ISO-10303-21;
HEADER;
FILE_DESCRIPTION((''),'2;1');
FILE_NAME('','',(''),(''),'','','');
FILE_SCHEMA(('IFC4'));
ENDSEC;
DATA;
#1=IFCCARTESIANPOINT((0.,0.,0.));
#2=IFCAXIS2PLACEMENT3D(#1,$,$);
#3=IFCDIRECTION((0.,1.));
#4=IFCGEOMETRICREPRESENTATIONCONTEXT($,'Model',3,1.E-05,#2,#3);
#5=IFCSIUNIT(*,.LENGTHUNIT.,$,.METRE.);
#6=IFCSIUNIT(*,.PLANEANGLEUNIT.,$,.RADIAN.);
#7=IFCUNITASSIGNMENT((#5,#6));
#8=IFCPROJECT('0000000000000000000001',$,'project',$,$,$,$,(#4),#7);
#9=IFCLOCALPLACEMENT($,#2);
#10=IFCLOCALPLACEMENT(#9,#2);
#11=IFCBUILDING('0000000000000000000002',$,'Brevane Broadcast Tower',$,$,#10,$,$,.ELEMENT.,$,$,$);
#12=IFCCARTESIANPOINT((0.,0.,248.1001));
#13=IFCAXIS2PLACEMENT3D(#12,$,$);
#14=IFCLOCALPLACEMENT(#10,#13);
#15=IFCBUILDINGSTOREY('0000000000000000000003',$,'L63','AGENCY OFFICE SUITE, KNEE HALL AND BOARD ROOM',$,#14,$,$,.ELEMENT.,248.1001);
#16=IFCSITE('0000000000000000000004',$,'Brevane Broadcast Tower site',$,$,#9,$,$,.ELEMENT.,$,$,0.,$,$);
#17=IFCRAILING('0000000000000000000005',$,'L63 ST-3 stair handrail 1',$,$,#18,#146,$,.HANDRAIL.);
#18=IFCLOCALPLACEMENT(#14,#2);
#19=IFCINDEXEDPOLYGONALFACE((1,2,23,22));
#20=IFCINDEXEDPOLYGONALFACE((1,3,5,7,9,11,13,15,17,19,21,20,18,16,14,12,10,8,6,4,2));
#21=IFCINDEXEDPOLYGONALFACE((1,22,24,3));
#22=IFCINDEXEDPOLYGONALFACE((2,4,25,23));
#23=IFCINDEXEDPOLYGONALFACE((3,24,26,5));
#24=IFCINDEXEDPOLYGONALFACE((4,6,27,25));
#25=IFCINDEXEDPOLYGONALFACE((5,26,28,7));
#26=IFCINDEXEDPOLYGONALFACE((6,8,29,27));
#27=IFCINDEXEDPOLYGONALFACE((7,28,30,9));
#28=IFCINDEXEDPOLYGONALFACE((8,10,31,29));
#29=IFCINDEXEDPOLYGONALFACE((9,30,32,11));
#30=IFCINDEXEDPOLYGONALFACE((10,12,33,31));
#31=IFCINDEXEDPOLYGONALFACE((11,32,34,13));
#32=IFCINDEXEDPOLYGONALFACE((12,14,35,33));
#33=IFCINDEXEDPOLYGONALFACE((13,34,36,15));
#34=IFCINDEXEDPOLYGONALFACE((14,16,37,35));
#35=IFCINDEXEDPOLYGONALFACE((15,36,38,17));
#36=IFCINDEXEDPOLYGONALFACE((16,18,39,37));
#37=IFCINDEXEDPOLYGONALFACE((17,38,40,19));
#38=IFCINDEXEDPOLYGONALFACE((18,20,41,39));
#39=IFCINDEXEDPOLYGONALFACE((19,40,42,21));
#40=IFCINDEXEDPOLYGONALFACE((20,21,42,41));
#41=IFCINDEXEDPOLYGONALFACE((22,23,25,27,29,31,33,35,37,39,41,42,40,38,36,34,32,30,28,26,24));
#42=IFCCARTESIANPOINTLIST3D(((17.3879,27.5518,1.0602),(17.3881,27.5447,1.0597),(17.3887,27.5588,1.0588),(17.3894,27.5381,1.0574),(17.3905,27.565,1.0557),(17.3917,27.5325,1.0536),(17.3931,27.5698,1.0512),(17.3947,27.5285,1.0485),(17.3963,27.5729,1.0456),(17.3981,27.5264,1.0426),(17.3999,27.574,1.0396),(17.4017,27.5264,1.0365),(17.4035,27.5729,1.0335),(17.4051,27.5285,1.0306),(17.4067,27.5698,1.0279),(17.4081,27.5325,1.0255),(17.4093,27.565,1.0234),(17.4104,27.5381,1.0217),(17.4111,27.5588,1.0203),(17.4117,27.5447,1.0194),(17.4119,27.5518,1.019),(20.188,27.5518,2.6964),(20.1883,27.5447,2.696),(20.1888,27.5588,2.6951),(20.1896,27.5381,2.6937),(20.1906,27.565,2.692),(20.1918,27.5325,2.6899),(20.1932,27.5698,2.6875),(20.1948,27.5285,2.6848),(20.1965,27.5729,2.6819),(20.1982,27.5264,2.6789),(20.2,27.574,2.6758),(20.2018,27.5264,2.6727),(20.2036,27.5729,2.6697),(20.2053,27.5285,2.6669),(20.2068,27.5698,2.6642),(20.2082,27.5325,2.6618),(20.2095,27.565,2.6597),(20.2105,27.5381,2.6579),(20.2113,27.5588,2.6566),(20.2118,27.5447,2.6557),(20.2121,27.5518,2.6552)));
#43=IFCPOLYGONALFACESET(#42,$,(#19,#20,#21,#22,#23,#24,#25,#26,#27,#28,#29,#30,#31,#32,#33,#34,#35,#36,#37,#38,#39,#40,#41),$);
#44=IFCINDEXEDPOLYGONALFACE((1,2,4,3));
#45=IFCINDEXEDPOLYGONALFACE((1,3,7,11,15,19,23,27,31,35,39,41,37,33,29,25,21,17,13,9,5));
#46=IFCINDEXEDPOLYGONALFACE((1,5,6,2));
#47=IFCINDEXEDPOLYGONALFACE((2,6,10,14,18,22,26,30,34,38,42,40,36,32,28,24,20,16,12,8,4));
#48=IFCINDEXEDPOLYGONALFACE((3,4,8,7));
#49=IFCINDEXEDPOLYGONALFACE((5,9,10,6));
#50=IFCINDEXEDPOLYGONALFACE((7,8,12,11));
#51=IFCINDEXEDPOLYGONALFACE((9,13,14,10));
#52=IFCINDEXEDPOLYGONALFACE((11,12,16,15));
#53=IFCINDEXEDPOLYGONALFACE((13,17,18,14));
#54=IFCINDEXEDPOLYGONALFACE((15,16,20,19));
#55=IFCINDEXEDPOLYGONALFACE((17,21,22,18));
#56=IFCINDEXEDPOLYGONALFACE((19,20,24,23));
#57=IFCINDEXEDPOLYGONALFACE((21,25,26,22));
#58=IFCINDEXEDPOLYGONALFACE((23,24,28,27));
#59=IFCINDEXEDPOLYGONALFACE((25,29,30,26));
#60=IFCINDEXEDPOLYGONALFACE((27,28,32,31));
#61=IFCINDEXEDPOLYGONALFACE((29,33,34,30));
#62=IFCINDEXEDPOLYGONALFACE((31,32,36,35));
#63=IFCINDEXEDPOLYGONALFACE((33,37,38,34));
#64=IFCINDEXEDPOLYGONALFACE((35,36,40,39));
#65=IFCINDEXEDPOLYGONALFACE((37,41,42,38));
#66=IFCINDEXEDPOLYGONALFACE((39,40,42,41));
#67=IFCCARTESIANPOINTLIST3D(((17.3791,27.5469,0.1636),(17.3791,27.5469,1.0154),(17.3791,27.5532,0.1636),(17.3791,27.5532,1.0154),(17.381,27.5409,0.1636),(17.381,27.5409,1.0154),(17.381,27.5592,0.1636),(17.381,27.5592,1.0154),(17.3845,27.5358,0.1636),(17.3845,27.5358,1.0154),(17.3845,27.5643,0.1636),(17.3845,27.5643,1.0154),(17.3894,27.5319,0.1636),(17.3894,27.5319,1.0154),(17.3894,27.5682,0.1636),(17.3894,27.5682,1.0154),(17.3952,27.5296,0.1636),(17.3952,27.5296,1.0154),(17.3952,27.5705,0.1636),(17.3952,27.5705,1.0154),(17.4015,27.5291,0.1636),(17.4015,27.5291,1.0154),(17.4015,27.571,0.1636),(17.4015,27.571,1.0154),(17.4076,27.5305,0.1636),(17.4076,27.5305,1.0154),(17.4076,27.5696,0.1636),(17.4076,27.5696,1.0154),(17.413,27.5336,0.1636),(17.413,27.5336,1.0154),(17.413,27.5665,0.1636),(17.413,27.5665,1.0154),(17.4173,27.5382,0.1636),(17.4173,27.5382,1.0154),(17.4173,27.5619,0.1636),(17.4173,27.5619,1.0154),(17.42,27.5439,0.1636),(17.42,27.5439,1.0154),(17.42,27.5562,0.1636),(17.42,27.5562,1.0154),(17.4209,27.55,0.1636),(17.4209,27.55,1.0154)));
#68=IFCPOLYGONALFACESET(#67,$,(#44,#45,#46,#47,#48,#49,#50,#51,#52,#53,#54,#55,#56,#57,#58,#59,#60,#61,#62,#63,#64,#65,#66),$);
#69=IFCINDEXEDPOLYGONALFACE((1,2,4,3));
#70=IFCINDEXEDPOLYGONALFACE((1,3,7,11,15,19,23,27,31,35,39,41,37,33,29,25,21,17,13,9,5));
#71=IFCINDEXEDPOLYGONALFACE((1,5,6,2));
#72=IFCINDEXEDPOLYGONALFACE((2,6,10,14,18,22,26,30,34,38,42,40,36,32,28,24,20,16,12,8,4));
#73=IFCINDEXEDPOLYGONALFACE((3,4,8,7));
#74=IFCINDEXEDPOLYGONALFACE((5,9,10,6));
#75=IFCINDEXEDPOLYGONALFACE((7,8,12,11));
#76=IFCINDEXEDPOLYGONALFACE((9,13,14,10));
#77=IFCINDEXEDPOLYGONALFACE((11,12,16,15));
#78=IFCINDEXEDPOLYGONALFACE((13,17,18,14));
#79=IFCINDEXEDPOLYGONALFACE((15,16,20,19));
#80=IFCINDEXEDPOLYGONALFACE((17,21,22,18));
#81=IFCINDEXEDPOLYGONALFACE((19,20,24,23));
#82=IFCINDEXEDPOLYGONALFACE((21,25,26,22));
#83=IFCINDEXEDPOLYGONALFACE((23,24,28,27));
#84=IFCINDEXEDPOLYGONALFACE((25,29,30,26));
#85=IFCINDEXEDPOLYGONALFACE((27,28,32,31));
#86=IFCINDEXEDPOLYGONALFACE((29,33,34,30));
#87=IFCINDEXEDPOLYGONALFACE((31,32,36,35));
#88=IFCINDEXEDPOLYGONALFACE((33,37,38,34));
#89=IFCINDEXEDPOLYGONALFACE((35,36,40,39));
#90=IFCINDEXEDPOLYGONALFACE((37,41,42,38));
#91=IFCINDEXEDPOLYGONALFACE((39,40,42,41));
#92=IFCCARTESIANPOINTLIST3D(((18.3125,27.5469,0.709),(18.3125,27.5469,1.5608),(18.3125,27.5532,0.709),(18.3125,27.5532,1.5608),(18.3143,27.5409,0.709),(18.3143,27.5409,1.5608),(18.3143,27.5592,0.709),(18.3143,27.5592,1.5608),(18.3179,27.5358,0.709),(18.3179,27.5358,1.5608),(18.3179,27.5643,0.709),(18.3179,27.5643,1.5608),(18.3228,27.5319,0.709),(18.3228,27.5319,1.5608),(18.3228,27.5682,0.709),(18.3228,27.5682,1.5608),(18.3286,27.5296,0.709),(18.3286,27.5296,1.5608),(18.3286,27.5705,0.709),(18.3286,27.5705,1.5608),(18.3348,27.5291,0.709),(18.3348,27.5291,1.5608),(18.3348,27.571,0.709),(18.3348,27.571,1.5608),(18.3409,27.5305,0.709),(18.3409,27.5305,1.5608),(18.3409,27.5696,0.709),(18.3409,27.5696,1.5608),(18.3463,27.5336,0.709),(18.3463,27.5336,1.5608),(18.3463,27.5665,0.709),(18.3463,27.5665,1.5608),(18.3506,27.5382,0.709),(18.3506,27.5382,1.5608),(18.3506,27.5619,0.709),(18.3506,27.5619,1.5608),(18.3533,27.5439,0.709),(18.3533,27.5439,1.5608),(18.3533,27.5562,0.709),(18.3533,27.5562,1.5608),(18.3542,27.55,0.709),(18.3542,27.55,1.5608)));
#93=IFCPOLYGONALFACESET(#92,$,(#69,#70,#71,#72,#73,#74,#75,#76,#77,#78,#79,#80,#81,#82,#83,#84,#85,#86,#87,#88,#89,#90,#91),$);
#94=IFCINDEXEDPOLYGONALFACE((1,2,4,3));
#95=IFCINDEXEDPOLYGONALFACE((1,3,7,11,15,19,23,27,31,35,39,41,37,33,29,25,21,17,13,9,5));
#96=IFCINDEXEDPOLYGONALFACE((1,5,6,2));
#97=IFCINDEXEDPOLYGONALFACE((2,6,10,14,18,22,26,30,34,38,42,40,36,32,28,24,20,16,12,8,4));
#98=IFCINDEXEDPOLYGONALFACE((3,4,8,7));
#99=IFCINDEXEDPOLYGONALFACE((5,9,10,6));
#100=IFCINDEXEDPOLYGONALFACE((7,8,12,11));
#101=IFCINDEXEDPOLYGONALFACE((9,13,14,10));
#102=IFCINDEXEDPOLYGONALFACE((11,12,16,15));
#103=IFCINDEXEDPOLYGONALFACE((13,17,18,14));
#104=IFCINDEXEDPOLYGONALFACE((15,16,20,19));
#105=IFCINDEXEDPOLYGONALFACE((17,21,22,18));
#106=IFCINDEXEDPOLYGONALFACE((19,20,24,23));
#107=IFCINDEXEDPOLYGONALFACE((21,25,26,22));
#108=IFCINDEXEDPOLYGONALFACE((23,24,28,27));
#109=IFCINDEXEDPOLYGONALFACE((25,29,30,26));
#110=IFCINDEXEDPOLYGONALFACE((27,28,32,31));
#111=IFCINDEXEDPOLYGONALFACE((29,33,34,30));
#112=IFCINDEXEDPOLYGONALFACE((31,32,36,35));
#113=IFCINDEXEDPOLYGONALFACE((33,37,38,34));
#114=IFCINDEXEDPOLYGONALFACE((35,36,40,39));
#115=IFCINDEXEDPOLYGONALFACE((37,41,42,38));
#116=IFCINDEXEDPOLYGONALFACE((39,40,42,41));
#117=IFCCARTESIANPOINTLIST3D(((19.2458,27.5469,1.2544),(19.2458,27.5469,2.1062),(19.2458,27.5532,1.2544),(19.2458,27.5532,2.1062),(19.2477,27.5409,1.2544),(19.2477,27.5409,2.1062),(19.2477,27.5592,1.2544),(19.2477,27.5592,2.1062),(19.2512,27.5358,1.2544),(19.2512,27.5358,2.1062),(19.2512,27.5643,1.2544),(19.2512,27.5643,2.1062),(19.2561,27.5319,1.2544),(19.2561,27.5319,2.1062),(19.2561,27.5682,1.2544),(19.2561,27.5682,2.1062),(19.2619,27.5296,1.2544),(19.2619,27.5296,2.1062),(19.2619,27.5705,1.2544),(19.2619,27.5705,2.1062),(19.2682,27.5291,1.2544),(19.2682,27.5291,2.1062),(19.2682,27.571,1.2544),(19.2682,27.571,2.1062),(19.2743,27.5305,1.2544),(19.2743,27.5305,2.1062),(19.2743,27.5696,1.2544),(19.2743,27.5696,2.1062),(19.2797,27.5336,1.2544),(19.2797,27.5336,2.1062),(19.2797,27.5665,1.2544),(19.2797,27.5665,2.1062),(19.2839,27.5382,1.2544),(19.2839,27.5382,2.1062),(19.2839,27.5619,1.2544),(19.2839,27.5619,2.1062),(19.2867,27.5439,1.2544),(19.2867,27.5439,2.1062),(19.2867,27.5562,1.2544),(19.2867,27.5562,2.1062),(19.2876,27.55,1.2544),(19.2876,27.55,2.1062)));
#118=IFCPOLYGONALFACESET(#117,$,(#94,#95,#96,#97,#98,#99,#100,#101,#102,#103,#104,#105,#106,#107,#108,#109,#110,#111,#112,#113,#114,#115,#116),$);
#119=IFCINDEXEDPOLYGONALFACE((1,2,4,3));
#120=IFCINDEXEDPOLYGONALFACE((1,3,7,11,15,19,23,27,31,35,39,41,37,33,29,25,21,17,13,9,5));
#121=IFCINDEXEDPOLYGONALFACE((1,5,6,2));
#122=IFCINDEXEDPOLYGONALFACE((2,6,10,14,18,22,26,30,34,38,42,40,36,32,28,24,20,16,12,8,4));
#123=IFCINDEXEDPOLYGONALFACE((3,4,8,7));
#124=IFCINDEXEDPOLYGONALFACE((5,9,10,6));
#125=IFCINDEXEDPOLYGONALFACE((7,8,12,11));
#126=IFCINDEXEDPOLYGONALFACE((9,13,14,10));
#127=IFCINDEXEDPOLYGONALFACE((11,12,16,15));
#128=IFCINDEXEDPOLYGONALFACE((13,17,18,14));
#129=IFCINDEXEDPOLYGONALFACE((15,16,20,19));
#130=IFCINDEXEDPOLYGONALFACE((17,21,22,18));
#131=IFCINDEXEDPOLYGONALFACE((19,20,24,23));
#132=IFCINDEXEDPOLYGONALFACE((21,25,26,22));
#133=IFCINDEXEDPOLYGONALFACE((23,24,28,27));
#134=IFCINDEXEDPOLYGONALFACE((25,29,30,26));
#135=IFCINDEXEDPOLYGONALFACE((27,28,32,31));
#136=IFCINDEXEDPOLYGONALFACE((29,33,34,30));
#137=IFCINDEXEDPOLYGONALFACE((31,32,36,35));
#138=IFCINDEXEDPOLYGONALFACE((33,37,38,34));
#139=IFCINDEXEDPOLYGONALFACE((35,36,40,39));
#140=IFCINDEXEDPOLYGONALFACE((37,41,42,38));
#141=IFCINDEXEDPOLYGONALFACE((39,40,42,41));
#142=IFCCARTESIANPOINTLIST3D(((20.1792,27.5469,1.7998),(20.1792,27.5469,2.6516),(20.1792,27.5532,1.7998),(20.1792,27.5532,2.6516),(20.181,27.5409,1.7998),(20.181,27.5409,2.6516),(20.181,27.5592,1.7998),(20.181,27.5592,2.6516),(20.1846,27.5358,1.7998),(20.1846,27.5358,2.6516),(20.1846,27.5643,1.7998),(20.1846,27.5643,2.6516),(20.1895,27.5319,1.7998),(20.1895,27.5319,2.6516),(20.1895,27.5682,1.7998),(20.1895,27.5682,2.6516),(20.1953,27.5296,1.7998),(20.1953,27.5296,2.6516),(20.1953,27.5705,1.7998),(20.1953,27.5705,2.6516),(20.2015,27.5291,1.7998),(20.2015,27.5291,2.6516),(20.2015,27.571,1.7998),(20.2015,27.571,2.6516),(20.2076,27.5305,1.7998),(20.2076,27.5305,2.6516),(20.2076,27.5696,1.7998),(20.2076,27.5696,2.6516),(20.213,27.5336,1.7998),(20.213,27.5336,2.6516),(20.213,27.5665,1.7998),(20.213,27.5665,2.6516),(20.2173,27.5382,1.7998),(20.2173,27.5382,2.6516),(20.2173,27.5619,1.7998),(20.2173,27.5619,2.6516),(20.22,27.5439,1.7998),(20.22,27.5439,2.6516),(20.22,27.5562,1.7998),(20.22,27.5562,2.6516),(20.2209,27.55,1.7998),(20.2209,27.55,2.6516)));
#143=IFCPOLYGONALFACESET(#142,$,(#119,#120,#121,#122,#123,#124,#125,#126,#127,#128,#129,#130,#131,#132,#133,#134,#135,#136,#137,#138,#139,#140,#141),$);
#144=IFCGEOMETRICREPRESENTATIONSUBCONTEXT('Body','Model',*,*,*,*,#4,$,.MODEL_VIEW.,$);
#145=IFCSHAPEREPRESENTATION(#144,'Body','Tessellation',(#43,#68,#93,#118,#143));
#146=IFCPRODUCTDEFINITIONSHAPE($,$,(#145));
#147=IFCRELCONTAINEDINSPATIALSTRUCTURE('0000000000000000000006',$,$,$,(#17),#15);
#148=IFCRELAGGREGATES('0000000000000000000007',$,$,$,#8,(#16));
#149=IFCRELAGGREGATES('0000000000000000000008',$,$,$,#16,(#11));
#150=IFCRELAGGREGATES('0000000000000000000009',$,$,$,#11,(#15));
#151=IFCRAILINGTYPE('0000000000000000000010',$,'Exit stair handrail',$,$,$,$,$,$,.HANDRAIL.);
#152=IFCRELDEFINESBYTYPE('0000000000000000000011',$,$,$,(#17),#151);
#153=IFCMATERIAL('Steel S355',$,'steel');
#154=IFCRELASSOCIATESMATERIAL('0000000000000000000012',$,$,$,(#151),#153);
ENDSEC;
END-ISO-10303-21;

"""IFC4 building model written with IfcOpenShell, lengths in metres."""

from ifc_helpers import new_model, si_unit, direction, frame, origin, origin_2d, place, context, subcontext, project, spatial, circle, extrude, material, type_object, element, save


model = new_model("IFC4")

# Units and contexts
model_context = context("Model", 3, precision=1e-05, world=origin(), true_north=direction((0.0, 1.0)))
body_context = subcontext(model_context, "Body", "Model", "MODEL_VIEW")
ifc_project = project(units=[si_unit("LENGTHUNIT", "METRE"), si_unit("PLANEANGLEUNIT", "RADIAN")], contexts=[model_context])

# Site, building, storey
site_placement = place(None, origin())
site = spatial("IfcSite", under=ifc_project, at=site_placement, Name="Brevane Broadcast Tower site", CompositionType="ELEMENT", RefElevation=0.0)
building_placement = place(site_placement, origin())
building = spatial("IfcBuilding", under=site, at=building_placement, Name="Brevane Broadcast Tower", CompositionType="ELEMENT")
storey_placement = place(building_placement, frame((0.0, 0.0, 248.1001)))
storey = spatial("IfcBuildingStorey", under=building, at=storey_placement, Name="L63", Description="AGENCY OFFICE SUITE, KNEE HALL AND BOARD ROOM", CompositionType="ELEMENT", Elevation=248.1001)

# Railing
ifc_material_1 = material(Name="Steel S355", Category="steel")
railing_type_1 = type_object("IfcRailingType", Name="Exit stair handrail", PredefinedType="HANDRAIL", material=ifc_material_1)
railing_1_placement = place(storey_placement, frame((17.3999, 27.55, 0.1636)))
element("IfcRailing", 1, at=railing_1_placement, inside=storey, type_object=railing_type_1, Name="L63 ST-3 stair handrail 1", PredefinedType="HANDRAIL", context=body_context, shape_type="SweptSolid", body=[
    extrude(circle(Radius=0.0239, at=origin_2d()), frame((0.0, 0.0, 0.876), z_axis=(0.863394, 0.0, 0.504531), x_axis=(0.0, 1.0, 0.0)), (0.0, 0.0, 1.0), 3.2432),
    extrude(circle(Radius=0.021, at=origin_2d()), origin(), (0.0, 0.0, 1.0), 0.8518),
    extrude(circle(Radius=0.021, at=origin_2d()), frame((0.9333, 0.0, 0.5454)), (0.0, 0.0, 1.0), 0.8518),
    extrude(circle(Radius=0.021, at=origin_2d()), frame((1.8667, 0.0, 1.0908)), (0.0, 0.0, 1.0), 0.8518),
    extrude(circle(Radius=0.021, at=origin_2d()), frame((2.8, 0.0, 1.6362)), (0.0, 0.0, 1.0), 0.8518),
])

save(model, "model.ifc")
